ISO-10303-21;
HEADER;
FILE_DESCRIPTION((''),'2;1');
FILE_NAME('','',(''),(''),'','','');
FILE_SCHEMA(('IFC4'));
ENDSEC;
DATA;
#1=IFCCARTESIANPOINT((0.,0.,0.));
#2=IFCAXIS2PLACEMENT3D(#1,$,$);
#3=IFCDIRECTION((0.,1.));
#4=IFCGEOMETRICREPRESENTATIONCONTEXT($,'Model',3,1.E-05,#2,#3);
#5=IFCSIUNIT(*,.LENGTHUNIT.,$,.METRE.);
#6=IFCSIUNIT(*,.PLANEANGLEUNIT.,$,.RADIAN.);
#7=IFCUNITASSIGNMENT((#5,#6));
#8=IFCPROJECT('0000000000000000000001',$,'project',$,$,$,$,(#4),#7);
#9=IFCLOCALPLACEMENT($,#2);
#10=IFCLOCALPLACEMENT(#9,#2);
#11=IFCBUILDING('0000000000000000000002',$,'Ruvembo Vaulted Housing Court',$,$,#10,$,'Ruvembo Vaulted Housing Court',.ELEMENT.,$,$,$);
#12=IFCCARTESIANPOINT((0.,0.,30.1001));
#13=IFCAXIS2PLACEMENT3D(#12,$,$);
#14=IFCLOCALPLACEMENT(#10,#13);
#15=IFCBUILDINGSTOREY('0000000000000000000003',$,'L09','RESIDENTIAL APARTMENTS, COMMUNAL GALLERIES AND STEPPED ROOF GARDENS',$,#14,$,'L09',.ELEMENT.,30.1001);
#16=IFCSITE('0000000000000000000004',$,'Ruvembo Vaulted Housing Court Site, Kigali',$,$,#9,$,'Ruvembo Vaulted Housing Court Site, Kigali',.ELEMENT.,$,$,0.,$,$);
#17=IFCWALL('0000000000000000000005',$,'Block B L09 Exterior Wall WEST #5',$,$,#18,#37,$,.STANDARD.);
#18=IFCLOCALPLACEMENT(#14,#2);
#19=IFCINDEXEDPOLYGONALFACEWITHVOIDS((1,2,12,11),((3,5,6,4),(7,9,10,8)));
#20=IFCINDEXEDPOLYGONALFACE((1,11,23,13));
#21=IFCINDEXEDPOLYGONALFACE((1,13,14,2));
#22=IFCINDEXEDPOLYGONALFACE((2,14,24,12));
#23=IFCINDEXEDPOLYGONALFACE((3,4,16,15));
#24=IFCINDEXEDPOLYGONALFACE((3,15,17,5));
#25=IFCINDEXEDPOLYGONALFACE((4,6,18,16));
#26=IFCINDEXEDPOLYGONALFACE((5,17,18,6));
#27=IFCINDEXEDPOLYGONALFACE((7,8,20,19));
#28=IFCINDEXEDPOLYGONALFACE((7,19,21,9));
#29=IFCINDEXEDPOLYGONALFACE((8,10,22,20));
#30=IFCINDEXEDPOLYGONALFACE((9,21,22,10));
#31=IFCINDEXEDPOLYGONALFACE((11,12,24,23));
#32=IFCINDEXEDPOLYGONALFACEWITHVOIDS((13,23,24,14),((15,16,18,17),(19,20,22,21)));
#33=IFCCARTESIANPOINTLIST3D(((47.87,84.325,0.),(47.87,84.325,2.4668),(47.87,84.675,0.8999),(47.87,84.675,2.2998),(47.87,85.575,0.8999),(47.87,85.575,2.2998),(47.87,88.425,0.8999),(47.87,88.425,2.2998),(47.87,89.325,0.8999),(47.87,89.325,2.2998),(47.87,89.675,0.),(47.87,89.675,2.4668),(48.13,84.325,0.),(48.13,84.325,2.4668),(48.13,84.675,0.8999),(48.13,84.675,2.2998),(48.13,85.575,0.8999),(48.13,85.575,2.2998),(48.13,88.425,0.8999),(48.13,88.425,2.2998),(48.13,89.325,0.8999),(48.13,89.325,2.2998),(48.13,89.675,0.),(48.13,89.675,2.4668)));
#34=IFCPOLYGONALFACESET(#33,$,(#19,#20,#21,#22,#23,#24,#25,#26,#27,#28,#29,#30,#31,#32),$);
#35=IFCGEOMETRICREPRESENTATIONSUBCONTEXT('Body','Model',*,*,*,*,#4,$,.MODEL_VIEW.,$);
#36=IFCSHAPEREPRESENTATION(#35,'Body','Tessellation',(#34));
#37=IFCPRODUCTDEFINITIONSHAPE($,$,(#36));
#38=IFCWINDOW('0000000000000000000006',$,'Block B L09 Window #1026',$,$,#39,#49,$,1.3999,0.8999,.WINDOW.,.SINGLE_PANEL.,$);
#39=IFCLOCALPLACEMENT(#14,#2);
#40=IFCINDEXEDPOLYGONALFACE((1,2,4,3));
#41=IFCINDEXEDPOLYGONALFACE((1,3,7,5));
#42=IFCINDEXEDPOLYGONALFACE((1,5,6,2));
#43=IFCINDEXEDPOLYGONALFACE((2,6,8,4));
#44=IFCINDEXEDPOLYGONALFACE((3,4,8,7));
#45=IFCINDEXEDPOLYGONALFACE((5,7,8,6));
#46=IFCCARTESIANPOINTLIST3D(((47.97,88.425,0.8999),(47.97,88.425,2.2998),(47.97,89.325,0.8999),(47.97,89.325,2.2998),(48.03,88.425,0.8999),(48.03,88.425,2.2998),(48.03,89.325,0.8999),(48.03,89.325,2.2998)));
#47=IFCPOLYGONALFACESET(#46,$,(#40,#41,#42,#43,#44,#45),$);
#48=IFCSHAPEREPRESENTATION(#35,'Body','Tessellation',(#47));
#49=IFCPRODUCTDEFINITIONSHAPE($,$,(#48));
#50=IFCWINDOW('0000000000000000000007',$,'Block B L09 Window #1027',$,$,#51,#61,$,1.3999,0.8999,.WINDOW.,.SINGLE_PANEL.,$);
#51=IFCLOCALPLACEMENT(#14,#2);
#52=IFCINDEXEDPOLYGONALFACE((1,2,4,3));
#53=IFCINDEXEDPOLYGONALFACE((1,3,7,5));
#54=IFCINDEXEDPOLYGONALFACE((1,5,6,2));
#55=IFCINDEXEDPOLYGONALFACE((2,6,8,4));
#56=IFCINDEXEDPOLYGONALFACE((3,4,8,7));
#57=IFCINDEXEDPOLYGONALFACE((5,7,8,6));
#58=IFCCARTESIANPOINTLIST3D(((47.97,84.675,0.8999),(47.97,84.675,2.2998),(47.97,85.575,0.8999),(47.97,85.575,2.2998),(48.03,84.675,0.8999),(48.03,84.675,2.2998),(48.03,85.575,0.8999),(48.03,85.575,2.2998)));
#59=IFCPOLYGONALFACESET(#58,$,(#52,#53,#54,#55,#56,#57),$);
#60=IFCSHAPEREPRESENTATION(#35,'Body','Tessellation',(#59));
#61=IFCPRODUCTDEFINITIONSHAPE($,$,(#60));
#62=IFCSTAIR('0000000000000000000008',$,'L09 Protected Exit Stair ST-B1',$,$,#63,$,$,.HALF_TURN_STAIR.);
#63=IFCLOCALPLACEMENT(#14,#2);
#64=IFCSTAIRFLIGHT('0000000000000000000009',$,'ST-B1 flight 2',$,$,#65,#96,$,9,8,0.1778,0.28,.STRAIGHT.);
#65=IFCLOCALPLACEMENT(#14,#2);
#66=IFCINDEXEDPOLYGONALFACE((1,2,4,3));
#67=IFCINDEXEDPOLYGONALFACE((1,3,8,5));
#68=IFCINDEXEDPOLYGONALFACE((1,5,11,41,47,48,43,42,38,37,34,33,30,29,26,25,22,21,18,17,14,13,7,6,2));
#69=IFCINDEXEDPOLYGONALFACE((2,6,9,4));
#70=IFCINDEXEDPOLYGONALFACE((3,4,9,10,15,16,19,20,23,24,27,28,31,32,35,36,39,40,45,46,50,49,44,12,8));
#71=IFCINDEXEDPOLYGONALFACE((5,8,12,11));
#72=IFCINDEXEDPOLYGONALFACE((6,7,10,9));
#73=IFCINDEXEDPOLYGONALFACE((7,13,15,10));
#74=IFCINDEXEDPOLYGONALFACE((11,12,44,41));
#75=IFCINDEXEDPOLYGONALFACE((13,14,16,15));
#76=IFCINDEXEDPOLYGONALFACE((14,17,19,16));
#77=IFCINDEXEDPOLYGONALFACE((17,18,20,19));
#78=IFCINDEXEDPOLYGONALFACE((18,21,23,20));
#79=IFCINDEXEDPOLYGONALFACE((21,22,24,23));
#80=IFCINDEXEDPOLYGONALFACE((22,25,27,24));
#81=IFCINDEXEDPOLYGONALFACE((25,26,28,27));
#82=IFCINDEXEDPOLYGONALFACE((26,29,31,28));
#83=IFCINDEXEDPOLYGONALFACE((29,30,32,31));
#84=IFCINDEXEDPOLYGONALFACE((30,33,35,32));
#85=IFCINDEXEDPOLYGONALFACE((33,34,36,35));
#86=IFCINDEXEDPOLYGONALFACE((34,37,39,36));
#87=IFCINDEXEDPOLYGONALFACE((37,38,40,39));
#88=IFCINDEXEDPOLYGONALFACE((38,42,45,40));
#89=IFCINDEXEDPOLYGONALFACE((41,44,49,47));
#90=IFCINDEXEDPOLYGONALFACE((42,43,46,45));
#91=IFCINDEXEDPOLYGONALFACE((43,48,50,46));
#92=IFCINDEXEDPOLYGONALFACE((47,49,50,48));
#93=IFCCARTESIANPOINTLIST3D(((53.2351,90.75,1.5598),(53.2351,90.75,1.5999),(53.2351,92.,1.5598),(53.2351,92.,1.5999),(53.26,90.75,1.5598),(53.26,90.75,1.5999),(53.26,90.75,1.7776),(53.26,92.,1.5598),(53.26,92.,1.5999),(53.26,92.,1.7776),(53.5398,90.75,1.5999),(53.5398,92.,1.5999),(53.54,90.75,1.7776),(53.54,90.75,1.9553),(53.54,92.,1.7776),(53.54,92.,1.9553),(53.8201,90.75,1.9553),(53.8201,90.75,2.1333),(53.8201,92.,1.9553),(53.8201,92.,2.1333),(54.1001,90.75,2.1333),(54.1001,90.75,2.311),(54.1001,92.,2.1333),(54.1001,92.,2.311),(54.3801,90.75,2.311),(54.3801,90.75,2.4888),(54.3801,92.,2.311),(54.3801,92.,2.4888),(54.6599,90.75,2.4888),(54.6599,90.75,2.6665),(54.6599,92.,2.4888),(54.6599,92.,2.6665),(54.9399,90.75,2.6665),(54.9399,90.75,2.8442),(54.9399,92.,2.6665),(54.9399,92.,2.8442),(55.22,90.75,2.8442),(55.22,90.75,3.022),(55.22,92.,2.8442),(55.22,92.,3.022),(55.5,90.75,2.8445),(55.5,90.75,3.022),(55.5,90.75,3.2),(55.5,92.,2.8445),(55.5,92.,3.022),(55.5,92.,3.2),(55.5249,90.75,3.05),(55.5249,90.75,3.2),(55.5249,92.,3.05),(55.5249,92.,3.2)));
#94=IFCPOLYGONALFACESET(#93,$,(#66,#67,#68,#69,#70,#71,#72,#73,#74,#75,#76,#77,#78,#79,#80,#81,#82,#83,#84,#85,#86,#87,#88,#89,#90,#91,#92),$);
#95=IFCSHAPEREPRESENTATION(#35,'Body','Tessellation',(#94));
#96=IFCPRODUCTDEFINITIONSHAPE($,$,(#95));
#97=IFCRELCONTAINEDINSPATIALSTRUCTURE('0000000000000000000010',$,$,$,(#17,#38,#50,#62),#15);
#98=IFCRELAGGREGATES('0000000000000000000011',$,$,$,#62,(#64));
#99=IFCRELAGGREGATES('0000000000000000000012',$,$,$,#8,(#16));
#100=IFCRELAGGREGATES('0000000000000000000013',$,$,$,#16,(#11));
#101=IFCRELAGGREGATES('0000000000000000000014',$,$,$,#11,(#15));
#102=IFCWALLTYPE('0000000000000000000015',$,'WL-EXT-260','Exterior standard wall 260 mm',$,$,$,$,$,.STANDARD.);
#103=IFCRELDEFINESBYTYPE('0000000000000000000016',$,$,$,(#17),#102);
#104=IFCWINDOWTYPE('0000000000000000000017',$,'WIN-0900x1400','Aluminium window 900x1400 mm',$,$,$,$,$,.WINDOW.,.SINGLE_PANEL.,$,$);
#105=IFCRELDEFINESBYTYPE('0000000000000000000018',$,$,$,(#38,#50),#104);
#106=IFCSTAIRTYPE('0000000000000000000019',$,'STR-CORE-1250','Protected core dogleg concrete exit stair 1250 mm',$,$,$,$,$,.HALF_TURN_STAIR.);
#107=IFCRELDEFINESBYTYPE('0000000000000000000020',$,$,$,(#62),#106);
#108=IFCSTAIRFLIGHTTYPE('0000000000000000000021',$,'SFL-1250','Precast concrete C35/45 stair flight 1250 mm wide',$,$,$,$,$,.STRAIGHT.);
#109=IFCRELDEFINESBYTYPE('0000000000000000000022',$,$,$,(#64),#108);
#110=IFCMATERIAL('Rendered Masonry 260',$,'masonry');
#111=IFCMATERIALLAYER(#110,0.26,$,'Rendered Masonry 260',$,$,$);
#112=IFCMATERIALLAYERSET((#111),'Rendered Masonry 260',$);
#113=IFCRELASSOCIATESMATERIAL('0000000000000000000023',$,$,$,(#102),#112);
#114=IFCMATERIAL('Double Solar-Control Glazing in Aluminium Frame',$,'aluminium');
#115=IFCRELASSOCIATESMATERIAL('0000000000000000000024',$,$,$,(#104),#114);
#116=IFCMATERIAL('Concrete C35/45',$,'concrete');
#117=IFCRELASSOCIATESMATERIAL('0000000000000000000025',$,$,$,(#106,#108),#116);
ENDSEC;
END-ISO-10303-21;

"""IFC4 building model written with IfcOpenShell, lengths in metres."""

from ifc_helpers import new_model, si_unit, direction, frame, frame_2d, origin, place, context, subcontext, project, spatial, polyline, rectangle, outline, extrude, material, layer, layer_set, type_object, element, fill, aggregate, save


model = new_model("IFC4")

# Units and contexts
model_context = context("Model", 3, precision=1e-05, world=origin(), true_north=direction((0.0, 1.0)))
body_context = subcontext(model_context, "Body", "Model", "MODEL_VIEW")
ifc_project = project(units=[si_unit("LENGTHUNIT", "METRE"), si_unit("PLANEANGLEUNIT", "RADIAN")], contexts=[model_context])

# Site, building, storey
site_placement = place(None, origin())
site = spatial("IfcSite", under=ifc_project, at=site_placement, Name="Ruvembo Vaulted Housing Court Site, Kigali", LongName="Ruvembo Vaulted Housing Court Site, Kigali", CompositionType="ELEMENT", RefElevation=0.0)
building_placement = place(site_placement, origin())
building = spatial("IfcBuilding", under=site, at=building_placement, Name="Ruvembo Vaulted Housing Court", LongName="Ruvembo Vaulted Housing Court", CompositionType="ELEMENT")
storey_placement = place(building_placement, frame((0.0, 0.0, 30.1001)))
storey = spatial("IfcBuildingStorey", under=building, at=storey_placement, Name="L09", Description="RESIDENTIAL APARTMENTS, COMMUNAL GALLERIES AND STEPPED ROOF GARDENS", LongName="L09", CompositionType="ELEMENT", Elevation=30.1001)

# Shared definitions
ifc_material_1 = material(Name="Concrete C35/45", Category="concrete")

# Wall, openings, windows
ifc_material_2 = material(Name="Rendered Masonry 260", Category="masonry")
ifc_layer_1 = layer(ifc_material_2, 0.26, Name="Rendered Masonry 260")
ifc_layer_set_1 = layer_set([ifc_layer_1], Name="Rendered Masonry 260")
wall_type_1 = type_object("IfcWallType", Name="WL-EXT-260", Description="Exterior standard wall 260 mm", PredefinedType="STANDARD", material=ifc_layer_set_1)
wall_1_placement = place(storey_placement, frame((48.0, 89.675, 0.0), z_axis=(0.0, 0.0, 1.0), x_axis=(0.0, -1.0, 0.0)))
wall_1 = element("IfcWall", 1, at=wall_1_placement, inside=storey, type_object=wall_type_1, Name="Block B L09 Exterior Wall WEST #5", PredefinedType="STANDARD", context=body_context, shape_type="SweptSolid", body=[
    extrude(rectangle(XDim=5.3501, YDim=0.26, at=frame_2d((2.675, 0.0))), origin(), (0.0, 0.0, 1.0), 2.4668),
])
opening_1_placement = place(wall_1_placement, frame((0.3501, 0.0, 0.8999)))
opening_1 = element("IfcOpeningElement", 2, at=opening_1_placement, cuts=wall_1, PredefinedType="OPENING", context=body_context, shape_type="SweptSolid", body=[
    extrude(rectangle(XDim=0.8999, YDim=1.3999, at=frame_2d((0.45, 0.7))), frame((0.0, 0.1399, 0.0), z_axis=(0.0, -1.0, 0.0), x_axis=(1.0, 0.0, 0.0)), (0.0, 0.0, 1.0), 0.28),
])
opening_2_placement = place(wall_1_placement, frame((4.1001, 0.0, 0.8999)))
opening_2 = element("IfcOpeningElement", 3, at=opening_2_placement, cuts=wall_1, PredefinedType="OPENING", context=body_context, shape_type="SweptSolid", body=[
    extrude(rectangle(XDim=0.8999, YDim=1.3999, at=frame_2d((0.45, 0.7))), frame((0.0, 0.1399, 0.0), z_axis=(0.0, -1.0, 0.0), x_axis=(1.0, 0.0, 0.0)), (0.0, 0.0, 1.0), 0.28),
])
ifc_material_3 = material(Name="Double Solar-Control Glazing in Aluminium Frame", Category="aluminium")
window_type = type_object("IfcWindowType", Name="WIN-0900x1400", Description="Aluminium window 900x1400 mm", PartitioningType="SINGLE_PANEL", PredefinedType="WINDOW", material=ifc_material_3)
window_1_placement = place(opening_1_placement, origin())
window_1 = element("IfcWindow", 4, at=window_1_placement, inside=storey, type_object=window_type, Name="Block B L09 Window #1026", OverallHeight=1.3999, OverallWidth=0.8999, PartitioningType="SINGLE_PANEL", PredefinedType="WINDOW", context=body_context, shape_type="SweptSolid", body=[
    extrude(rectangle(XDim=0.8999, YDim=1.3999, at=frame_2d((0.45, 0.7))), frame((0.0, 0.03, 0.0), z_axis=(0.0, -1.0, 0.0), x_axis=(1.0, 0.0, 0.0)), (0.0, 0.0, 1.0), 0.0601),
])
fill(opening_1, window_1)
window_2_placement = place(opening_2_placement, origin())
window_2 = element("IfcWindow", 5, at=window_2_placement, inside=storey, type_object=window_type, Name="Block B L09 Window #1027", OverallHeight=1.3999, OverallWidth=0.8999, PartitioningType="SINGLE_PANEL", PredefinedType="WINDOW", context=body_context, shape_type="SweptSolid", body=[
    extrude(rectangle(XDim=0.8999, YDim=1.3999, at=frame_2d((0.45, 0.7))), frame((0.0, 0.03, 0.0), z_axis=(0.0, -1.0, 0.0), x_axis=(1.0, 0.0, 0.0)), (0.0, 0.0, 1.0), 0.0601),
])
fill(opening_2, window_2)

# Stair, stair flight
stair_type = type_object("IfcStairType", Name="STR-CORE-1250", Description="Protected core dogleg concrete exit stair 1250 mm", PredefinedType="HALF_TURN_STAIR", material=ifc_material_1)
stair_placement = place(storey_placement, origin())
stair = element("IfcStair", 6, at=stair_placement, inside=storey, type_object=stair_type, Name="L09 Protected Exit Stair ST-B1", PredefinedType="HALF_TURN_STAIR")
stair_flight_type = type_object("IfcStairFlightType", Name="SFL-1250", Description="Precast concrete C35/45 stair flight 1250 mm wide", PredefinedType="STRAIGHT", material=ifc_material_1)
stair_flight_placement = place(storey_placement, frame((53.26, 91.375, 1.5999), z_axis=(0.0, 0.0, 1.0), x_axis=(1.0, 0.0, 0.0)))
stair_flight = element("IfcStairFlight", 7, at=stair_flight_placement, type_object=stair_flight_type, Name="ST-B1 flight 2", NumberOfRisers=9, NumberOfTreads=8, PredefinedType="STRAIGHT", RiserHeight=0.1778, TreadLength=0.28, context=body_context, shape_type="SweptSolid", body=[
    extrude(outline(polyline([(-0.0249, -0.04), (-0.0249, 0.0), (0.0, 0.0), (0.0, 0.1777), (0.28, 0.1777), (0.28, 0.3555), (0.5601, 0.3555), (0.5601, 0.5334), (0.8401, 0.5334), (0.8401, 0.7112), (1.1201, 0.7112), (1.1201, 0.8889), (1.3999, 0.8889), (1.3999, 1.0667), (1.6799, 1.0667), (1.6799, 1.2444), (1.96, 1.2444), (1.96, 1.4221), (2.24, 1.4221), (2.24, 1.6001), (2.2649, 1.6001), (2.2649, 1.4502), (2.24, 1.2446), (0.2798, 0.0), (0.0, -0.04), (-0.0249, -0.04)])), frame((0.0, 0.625, 0.0), z_axis=(0.0, -1.0, 0.0), x_axis=(1.0, 0.0, 0.0)), (0.0, 0.0, 1.0), 1.25),
])
aggregate(stair, [stair_flight])

save(model, "model.ifc")
